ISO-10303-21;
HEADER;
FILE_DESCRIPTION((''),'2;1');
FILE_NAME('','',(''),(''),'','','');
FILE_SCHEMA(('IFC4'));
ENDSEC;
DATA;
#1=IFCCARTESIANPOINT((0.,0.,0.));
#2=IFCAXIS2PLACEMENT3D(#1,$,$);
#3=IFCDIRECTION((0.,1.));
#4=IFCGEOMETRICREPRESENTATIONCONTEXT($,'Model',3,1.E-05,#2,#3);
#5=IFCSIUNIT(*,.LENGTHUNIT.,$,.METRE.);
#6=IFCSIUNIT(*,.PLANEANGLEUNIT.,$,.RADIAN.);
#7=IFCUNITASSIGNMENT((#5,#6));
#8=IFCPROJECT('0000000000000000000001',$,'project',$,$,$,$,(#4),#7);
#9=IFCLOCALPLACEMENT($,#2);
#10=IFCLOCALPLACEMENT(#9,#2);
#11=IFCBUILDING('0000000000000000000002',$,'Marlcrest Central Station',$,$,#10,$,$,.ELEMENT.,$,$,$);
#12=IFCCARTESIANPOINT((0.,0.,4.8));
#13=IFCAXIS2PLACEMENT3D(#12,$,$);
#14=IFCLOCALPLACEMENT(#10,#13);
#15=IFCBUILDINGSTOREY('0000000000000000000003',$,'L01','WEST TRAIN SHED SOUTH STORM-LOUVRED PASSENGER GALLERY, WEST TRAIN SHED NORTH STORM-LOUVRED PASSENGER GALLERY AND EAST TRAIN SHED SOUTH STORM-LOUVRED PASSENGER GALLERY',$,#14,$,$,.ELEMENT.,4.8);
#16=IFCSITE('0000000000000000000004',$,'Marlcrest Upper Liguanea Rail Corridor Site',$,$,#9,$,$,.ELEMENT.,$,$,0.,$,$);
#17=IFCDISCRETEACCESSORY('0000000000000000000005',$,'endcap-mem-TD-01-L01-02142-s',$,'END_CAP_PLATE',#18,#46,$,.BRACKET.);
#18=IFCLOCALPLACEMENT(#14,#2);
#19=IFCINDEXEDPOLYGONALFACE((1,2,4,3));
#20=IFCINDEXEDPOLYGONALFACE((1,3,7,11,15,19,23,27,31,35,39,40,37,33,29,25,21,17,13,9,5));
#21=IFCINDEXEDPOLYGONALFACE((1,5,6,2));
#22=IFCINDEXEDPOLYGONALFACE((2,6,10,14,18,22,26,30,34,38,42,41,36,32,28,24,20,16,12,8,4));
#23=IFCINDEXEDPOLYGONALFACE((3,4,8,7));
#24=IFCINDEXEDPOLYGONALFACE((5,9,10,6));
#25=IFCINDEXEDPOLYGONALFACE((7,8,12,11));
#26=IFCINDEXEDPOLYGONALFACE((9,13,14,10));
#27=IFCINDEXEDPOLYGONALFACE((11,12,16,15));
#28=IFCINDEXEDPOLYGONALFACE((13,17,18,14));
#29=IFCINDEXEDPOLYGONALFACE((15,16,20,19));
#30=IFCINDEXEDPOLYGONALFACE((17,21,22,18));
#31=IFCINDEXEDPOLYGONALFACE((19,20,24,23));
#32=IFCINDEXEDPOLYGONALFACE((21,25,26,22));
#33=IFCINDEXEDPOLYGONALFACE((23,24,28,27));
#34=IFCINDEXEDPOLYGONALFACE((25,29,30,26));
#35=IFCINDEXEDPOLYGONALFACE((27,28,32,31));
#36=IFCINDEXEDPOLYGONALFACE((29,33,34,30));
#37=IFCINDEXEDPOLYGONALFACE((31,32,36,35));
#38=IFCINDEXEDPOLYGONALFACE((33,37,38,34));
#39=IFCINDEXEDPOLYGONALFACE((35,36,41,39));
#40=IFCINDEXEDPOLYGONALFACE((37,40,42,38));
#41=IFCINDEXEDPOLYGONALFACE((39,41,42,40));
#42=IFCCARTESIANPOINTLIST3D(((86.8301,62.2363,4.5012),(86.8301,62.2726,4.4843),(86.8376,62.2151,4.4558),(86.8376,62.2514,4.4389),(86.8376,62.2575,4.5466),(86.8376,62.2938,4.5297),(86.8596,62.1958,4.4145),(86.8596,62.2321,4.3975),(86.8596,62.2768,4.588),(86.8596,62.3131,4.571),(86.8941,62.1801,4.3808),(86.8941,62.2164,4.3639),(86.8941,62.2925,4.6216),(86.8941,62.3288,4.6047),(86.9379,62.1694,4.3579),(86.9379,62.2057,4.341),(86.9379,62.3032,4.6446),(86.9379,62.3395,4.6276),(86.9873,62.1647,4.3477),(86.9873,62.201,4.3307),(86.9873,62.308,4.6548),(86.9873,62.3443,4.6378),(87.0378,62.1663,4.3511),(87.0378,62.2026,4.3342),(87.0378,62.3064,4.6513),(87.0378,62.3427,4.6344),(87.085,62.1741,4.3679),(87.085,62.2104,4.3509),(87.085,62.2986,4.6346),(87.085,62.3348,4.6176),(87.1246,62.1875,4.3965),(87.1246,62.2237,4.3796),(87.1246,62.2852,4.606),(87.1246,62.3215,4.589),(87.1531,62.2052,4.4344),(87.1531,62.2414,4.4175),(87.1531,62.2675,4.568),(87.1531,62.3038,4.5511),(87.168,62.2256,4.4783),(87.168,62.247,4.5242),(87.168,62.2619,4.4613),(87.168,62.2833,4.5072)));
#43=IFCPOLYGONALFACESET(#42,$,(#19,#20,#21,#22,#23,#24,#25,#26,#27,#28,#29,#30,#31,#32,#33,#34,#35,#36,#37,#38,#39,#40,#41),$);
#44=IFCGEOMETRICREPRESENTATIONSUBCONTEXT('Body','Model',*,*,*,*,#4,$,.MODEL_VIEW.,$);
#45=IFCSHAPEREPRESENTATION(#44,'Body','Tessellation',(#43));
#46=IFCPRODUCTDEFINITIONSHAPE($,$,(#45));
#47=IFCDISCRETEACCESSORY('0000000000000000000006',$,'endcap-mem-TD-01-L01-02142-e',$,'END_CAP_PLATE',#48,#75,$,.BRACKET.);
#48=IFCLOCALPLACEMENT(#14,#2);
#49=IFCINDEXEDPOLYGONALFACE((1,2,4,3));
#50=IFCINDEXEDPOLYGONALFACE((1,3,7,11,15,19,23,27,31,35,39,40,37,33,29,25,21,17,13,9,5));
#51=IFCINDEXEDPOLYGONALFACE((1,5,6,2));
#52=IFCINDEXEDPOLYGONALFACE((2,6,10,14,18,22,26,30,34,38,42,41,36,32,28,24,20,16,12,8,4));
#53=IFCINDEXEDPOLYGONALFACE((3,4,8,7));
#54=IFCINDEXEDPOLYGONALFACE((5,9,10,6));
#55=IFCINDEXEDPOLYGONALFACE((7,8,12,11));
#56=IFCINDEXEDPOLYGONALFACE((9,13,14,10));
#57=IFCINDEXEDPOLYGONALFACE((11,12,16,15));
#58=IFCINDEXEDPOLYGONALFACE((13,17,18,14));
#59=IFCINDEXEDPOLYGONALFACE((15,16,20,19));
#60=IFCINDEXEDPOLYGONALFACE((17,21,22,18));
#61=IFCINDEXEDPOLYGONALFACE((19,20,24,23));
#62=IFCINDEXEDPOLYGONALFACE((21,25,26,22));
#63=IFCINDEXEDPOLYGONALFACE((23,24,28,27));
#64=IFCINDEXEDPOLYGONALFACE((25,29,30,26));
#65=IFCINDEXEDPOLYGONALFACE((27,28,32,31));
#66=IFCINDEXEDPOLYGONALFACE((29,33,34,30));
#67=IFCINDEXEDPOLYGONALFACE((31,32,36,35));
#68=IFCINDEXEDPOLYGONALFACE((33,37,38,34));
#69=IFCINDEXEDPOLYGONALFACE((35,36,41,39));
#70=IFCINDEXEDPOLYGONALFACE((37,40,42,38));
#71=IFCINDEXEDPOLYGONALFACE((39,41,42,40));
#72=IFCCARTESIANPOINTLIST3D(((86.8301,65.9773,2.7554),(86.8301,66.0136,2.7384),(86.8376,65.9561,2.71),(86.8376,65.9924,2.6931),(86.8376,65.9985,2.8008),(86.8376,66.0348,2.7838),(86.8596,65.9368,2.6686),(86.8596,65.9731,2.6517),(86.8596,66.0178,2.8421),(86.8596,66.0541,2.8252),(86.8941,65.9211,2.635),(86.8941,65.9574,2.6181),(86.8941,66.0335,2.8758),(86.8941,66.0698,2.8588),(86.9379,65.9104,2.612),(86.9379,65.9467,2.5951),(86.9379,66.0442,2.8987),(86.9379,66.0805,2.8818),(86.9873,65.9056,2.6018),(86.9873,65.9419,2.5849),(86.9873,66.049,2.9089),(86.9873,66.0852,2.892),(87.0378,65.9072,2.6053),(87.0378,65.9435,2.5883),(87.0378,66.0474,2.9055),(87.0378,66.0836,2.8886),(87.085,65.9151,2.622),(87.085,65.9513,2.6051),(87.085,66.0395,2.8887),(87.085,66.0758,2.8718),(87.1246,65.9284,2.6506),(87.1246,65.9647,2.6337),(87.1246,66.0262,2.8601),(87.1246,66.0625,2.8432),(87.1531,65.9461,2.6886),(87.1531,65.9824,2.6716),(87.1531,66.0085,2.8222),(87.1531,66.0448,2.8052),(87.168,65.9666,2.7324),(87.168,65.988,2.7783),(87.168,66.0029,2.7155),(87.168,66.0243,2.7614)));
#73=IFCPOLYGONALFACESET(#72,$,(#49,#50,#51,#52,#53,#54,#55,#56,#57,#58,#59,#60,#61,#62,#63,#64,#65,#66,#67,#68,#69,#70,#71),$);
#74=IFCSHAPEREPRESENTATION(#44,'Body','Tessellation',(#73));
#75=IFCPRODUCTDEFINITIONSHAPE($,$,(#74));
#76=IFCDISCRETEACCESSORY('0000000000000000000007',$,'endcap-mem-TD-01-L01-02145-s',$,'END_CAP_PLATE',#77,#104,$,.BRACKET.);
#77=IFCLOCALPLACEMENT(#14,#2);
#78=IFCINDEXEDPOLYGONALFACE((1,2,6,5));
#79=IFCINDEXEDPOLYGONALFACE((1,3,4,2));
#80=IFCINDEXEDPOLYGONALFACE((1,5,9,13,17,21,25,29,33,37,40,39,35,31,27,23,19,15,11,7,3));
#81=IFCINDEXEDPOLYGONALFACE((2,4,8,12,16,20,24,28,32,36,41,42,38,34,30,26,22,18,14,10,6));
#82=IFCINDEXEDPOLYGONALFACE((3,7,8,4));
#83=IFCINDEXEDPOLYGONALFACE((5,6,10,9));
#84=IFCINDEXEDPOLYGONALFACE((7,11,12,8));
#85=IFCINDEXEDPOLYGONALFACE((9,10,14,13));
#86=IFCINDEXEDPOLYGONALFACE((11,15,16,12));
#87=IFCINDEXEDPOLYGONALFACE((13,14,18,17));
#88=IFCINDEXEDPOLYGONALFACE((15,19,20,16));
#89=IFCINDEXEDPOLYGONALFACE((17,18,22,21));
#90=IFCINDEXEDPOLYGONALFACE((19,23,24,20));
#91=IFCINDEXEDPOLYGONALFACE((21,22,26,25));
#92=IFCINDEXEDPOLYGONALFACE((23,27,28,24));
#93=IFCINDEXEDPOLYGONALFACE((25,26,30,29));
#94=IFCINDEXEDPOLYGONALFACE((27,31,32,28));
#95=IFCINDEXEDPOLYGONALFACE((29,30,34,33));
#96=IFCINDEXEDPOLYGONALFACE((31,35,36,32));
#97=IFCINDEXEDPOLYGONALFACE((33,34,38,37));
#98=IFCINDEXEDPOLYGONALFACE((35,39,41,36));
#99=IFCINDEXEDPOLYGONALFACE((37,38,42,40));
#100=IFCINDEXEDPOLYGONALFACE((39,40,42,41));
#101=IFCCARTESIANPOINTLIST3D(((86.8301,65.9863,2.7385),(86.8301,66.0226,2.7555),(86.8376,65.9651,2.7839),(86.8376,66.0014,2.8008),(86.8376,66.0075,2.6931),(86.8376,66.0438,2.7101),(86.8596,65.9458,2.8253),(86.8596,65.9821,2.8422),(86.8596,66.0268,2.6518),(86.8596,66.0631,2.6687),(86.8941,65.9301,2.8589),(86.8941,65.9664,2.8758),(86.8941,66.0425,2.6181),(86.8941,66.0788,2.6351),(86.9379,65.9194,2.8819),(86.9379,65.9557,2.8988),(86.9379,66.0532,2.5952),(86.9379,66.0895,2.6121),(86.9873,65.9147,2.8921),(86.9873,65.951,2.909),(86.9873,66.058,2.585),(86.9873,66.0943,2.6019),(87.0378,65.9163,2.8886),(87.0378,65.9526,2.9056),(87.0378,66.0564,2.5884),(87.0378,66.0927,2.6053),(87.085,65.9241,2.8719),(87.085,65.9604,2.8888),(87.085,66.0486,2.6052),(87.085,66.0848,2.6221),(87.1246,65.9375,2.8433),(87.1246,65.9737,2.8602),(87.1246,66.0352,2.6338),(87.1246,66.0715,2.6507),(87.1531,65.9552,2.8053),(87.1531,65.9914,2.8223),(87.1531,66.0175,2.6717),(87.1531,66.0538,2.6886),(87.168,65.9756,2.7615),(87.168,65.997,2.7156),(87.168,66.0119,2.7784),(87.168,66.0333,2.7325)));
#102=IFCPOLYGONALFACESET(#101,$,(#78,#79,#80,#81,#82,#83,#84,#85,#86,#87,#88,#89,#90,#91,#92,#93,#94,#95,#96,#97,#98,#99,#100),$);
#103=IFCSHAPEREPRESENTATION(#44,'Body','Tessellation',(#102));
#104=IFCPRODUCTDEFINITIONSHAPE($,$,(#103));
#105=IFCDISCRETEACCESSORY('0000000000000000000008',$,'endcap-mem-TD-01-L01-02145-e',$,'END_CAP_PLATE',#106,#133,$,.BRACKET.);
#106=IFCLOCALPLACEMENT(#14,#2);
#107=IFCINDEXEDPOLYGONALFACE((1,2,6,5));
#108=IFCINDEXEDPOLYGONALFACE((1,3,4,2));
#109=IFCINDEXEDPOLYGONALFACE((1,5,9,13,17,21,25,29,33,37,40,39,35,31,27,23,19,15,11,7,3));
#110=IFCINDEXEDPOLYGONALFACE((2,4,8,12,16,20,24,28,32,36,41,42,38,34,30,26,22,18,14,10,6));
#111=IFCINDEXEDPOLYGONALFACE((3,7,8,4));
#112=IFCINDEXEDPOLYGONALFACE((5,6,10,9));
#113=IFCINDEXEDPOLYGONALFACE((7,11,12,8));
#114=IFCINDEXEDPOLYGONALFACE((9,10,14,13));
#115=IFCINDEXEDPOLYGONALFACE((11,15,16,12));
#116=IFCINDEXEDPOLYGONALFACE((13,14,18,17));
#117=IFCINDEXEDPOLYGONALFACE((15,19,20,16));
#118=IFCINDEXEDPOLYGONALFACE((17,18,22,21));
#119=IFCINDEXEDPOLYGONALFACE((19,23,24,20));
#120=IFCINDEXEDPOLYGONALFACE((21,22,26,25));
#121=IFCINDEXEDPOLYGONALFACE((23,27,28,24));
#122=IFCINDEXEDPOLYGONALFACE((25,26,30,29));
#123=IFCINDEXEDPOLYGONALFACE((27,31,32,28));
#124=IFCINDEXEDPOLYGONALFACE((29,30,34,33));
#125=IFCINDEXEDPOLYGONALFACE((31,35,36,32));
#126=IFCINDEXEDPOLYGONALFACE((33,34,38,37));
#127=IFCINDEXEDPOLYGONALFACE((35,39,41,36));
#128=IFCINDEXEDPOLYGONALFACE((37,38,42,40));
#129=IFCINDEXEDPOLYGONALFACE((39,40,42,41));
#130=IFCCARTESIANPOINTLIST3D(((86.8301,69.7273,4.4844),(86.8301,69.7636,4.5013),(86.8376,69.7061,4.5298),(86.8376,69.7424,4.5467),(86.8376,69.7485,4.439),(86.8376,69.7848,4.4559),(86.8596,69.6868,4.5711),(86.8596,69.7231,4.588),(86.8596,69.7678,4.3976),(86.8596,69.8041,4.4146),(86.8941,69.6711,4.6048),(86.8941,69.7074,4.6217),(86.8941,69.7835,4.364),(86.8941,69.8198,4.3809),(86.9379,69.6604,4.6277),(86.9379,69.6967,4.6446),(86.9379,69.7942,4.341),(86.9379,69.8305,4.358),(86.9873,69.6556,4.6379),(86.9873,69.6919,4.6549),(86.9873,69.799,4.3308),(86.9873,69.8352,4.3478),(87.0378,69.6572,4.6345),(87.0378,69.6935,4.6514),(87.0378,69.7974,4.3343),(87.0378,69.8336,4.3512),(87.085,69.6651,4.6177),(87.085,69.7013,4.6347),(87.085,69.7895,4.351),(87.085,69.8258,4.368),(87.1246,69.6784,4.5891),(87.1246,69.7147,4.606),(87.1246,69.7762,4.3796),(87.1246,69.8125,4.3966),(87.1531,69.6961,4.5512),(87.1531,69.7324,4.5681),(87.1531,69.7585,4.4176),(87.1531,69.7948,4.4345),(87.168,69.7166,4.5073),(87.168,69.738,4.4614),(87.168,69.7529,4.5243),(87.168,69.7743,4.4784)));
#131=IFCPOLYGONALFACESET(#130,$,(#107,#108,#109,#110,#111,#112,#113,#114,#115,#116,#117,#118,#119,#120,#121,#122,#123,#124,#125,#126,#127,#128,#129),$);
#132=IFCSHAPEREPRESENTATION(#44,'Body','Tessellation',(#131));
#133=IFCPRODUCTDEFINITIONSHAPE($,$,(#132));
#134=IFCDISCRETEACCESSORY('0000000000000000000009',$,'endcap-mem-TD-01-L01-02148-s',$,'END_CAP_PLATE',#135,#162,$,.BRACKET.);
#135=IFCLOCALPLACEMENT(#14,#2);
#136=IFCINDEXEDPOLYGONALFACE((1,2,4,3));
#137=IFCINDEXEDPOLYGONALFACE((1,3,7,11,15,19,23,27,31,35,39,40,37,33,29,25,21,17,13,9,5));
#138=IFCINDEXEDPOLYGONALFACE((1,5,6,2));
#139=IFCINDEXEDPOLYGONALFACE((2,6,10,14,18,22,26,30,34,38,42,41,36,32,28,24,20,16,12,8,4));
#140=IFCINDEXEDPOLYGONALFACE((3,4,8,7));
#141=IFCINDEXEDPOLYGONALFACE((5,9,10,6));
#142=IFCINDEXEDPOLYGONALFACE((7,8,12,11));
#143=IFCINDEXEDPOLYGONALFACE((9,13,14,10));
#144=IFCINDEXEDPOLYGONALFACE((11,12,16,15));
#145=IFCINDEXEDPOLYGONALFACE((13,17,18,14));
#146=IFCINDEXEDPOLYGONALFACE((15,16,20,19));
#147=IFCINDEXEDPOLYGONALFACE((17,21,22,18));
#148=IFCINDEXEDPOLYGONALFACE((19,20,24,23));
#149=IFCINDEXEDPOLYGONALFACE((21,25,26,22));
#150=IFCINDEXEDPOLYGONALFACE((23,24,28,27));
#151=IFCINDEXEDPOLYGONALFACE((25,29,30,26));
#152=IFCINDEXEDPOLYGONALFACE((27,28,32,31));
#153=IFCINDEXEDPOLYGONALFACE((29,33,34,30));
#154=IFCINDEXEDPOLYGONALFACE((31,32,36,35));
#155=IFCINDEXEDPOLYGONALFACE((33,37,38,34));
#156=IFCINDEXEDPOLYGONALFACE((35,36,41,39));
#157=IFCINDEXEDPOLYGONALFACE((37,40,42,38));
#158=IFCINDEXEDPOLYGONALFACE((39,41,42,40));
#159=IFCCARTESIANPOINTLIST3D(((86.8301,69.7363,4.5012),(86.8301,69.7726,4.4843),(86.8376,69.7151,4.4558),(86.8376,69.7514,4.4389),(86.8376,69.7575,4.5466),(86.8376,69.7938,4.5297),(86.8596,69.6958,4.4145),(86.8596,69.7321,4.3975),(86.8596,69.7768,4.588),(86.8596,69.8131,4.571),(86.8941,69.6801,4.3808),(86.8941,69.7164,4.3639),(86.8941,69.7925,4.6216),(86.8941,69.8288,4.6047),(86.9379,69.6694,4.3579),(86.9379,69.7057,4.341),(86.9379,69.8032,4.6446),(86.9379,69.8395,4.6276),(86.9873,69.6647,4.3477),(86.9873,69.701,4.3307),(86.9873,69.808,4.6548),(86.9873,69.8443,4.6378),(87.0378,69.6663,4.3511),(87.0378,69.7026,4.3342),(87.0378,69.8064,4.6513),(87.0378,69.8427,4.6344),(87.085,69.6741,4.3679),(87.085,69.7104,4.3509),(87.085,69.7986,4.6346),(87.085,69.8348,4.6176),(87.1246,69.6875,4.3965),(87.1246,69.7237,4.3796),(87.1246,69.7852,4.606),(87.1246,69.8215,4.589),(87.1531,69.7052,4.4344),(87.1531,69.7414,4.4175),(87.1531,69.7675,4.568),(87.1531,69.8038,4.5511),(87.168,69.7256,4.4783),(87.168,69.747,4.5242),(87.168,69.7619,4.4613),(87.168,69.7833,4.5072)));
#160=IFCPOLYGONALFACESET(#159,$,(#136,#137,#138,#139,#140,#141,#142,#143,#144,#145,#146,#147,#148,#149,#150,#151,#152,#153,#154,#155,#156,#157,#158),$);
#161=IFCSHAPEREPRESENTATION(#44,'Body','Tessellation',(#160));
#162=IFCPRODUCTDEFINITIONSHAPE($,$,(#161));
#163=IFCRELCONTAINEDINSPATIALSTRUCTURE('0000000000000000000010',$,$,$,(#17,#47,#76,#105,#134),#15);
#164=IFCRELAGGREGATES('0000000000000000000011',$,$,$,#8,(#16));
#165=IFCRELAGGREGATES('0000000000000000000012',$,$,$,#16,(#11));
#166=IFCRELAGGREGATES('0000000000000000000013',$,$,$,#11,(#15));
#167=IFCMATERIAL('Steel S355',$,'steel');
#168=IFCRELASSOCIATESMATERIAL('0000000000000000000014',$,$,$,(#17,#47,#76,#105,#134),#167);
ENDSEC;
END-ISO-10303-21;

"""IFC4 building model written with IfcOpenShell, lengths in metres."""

from ifc_helpers import new_model, si_unit, direction, frame, origin, origin_2d, place, context, subcontext, project, spatial, circle, extrude, material, element, save


model = new_model("IFC4")

# Units and contexts
model_context = context("Model", 3, precision=1e-05, world=origin(), true_north=direction((0.0, 1.0)))
body_context = subcontext(model_context, "Body", "Model", "MODEL_VIEW")
ifc_project = project(units=[si_unit("LENGTHUNIT", "METRE"), si_unit("PLANEANGLEUNIT", "RADIAN")], contexts=[model_context])

# Site, building, storey
site_placement = place(None, origin())
site = spatial("IfcSite", under=ifc_project, at=site_placement, Name="Marlcrest Upper Liguanea Rail Corridor Site", CompositionType="ELEMENT", RefElevation=0.0)
building_placement = place(site_placement, origin())
building = spatial("IfcBuilding", under=site, at=building_placement, Name="Marlcrest Central Station", CompositionType="ELEMENT")
storey_placement = place(building_placement, frame((0.0, 0.0, 4.8)))
storey = spatial("IfcBuildingStorey", under=building, at=storey_placement, Name="L01", Description="WEST TRAIN SHED SOUTH STORM-LOUVRED PASSENGER GALLERY, WEST TRAIN SHED NORTH STORM-LOUVRED PASSENGER GALLERY AND EAST TRAIN SHED SOUTH STORM-LOUVRED PASSENGER GALLERY", CompositionType="ELEMENT", Elevation=4.8)

# Shared definitions
ifc_material = material(Name="Steel S355", Category="steel")

# Discrete accessories
for number, where, z_axis, x_axis, name in (
    (1, (87.0, 62.2363, 4.5012), (0.0, 0.906183, -0.422885), (-1.0, 0.0, 0.0), "endcap-mem-TD-01-L01-02142-s"),
    (2, (87.0, 65.9773, 2.7554), (0.0, 0.906183, -0.422885), (-1.0, 0.0, 0.0), "endcap-mem-TD-01-L01-02142-e"),
    (3, (87.0, 65.9863, 2.7385), (0.0, 0.906183, 0.422885), (-1.0, 0.0, 0.0), "endcap-mem-TD-01-L01-02145-s"),
    (4, (87.0, 69.7273, 4.4844), (0.0, 0.906183, 0.422885), (-1.0, 0.0, 0.0), "endcap-mem-TD-01-L01-02145-e"),
    (5, (87.0, 69.7363, 4.5012), (0.0, 0.906183, -0.422885), (-1.0, 0.0, 0.0), "endcap-mem-TD-01-L01-02148-s"),
):
    element("IfcDiscreteAccessory", number, at=place(storey_placement, frame(where, z_axis=z_axis, x_axis=x_axis)), inside=storey, material=ifc_material, Name=name, ObjectType="END_CAP_PLATE", PredefinedType="BRACKET", context=body_context, shape_type="SweptSolid", body=[
        extrude(circle(Radius=0.1699, at=origin_2d()), origin(), (0.0, 0.0, 1.0), 0.04),
    ])

save(model, "model.ifc")
